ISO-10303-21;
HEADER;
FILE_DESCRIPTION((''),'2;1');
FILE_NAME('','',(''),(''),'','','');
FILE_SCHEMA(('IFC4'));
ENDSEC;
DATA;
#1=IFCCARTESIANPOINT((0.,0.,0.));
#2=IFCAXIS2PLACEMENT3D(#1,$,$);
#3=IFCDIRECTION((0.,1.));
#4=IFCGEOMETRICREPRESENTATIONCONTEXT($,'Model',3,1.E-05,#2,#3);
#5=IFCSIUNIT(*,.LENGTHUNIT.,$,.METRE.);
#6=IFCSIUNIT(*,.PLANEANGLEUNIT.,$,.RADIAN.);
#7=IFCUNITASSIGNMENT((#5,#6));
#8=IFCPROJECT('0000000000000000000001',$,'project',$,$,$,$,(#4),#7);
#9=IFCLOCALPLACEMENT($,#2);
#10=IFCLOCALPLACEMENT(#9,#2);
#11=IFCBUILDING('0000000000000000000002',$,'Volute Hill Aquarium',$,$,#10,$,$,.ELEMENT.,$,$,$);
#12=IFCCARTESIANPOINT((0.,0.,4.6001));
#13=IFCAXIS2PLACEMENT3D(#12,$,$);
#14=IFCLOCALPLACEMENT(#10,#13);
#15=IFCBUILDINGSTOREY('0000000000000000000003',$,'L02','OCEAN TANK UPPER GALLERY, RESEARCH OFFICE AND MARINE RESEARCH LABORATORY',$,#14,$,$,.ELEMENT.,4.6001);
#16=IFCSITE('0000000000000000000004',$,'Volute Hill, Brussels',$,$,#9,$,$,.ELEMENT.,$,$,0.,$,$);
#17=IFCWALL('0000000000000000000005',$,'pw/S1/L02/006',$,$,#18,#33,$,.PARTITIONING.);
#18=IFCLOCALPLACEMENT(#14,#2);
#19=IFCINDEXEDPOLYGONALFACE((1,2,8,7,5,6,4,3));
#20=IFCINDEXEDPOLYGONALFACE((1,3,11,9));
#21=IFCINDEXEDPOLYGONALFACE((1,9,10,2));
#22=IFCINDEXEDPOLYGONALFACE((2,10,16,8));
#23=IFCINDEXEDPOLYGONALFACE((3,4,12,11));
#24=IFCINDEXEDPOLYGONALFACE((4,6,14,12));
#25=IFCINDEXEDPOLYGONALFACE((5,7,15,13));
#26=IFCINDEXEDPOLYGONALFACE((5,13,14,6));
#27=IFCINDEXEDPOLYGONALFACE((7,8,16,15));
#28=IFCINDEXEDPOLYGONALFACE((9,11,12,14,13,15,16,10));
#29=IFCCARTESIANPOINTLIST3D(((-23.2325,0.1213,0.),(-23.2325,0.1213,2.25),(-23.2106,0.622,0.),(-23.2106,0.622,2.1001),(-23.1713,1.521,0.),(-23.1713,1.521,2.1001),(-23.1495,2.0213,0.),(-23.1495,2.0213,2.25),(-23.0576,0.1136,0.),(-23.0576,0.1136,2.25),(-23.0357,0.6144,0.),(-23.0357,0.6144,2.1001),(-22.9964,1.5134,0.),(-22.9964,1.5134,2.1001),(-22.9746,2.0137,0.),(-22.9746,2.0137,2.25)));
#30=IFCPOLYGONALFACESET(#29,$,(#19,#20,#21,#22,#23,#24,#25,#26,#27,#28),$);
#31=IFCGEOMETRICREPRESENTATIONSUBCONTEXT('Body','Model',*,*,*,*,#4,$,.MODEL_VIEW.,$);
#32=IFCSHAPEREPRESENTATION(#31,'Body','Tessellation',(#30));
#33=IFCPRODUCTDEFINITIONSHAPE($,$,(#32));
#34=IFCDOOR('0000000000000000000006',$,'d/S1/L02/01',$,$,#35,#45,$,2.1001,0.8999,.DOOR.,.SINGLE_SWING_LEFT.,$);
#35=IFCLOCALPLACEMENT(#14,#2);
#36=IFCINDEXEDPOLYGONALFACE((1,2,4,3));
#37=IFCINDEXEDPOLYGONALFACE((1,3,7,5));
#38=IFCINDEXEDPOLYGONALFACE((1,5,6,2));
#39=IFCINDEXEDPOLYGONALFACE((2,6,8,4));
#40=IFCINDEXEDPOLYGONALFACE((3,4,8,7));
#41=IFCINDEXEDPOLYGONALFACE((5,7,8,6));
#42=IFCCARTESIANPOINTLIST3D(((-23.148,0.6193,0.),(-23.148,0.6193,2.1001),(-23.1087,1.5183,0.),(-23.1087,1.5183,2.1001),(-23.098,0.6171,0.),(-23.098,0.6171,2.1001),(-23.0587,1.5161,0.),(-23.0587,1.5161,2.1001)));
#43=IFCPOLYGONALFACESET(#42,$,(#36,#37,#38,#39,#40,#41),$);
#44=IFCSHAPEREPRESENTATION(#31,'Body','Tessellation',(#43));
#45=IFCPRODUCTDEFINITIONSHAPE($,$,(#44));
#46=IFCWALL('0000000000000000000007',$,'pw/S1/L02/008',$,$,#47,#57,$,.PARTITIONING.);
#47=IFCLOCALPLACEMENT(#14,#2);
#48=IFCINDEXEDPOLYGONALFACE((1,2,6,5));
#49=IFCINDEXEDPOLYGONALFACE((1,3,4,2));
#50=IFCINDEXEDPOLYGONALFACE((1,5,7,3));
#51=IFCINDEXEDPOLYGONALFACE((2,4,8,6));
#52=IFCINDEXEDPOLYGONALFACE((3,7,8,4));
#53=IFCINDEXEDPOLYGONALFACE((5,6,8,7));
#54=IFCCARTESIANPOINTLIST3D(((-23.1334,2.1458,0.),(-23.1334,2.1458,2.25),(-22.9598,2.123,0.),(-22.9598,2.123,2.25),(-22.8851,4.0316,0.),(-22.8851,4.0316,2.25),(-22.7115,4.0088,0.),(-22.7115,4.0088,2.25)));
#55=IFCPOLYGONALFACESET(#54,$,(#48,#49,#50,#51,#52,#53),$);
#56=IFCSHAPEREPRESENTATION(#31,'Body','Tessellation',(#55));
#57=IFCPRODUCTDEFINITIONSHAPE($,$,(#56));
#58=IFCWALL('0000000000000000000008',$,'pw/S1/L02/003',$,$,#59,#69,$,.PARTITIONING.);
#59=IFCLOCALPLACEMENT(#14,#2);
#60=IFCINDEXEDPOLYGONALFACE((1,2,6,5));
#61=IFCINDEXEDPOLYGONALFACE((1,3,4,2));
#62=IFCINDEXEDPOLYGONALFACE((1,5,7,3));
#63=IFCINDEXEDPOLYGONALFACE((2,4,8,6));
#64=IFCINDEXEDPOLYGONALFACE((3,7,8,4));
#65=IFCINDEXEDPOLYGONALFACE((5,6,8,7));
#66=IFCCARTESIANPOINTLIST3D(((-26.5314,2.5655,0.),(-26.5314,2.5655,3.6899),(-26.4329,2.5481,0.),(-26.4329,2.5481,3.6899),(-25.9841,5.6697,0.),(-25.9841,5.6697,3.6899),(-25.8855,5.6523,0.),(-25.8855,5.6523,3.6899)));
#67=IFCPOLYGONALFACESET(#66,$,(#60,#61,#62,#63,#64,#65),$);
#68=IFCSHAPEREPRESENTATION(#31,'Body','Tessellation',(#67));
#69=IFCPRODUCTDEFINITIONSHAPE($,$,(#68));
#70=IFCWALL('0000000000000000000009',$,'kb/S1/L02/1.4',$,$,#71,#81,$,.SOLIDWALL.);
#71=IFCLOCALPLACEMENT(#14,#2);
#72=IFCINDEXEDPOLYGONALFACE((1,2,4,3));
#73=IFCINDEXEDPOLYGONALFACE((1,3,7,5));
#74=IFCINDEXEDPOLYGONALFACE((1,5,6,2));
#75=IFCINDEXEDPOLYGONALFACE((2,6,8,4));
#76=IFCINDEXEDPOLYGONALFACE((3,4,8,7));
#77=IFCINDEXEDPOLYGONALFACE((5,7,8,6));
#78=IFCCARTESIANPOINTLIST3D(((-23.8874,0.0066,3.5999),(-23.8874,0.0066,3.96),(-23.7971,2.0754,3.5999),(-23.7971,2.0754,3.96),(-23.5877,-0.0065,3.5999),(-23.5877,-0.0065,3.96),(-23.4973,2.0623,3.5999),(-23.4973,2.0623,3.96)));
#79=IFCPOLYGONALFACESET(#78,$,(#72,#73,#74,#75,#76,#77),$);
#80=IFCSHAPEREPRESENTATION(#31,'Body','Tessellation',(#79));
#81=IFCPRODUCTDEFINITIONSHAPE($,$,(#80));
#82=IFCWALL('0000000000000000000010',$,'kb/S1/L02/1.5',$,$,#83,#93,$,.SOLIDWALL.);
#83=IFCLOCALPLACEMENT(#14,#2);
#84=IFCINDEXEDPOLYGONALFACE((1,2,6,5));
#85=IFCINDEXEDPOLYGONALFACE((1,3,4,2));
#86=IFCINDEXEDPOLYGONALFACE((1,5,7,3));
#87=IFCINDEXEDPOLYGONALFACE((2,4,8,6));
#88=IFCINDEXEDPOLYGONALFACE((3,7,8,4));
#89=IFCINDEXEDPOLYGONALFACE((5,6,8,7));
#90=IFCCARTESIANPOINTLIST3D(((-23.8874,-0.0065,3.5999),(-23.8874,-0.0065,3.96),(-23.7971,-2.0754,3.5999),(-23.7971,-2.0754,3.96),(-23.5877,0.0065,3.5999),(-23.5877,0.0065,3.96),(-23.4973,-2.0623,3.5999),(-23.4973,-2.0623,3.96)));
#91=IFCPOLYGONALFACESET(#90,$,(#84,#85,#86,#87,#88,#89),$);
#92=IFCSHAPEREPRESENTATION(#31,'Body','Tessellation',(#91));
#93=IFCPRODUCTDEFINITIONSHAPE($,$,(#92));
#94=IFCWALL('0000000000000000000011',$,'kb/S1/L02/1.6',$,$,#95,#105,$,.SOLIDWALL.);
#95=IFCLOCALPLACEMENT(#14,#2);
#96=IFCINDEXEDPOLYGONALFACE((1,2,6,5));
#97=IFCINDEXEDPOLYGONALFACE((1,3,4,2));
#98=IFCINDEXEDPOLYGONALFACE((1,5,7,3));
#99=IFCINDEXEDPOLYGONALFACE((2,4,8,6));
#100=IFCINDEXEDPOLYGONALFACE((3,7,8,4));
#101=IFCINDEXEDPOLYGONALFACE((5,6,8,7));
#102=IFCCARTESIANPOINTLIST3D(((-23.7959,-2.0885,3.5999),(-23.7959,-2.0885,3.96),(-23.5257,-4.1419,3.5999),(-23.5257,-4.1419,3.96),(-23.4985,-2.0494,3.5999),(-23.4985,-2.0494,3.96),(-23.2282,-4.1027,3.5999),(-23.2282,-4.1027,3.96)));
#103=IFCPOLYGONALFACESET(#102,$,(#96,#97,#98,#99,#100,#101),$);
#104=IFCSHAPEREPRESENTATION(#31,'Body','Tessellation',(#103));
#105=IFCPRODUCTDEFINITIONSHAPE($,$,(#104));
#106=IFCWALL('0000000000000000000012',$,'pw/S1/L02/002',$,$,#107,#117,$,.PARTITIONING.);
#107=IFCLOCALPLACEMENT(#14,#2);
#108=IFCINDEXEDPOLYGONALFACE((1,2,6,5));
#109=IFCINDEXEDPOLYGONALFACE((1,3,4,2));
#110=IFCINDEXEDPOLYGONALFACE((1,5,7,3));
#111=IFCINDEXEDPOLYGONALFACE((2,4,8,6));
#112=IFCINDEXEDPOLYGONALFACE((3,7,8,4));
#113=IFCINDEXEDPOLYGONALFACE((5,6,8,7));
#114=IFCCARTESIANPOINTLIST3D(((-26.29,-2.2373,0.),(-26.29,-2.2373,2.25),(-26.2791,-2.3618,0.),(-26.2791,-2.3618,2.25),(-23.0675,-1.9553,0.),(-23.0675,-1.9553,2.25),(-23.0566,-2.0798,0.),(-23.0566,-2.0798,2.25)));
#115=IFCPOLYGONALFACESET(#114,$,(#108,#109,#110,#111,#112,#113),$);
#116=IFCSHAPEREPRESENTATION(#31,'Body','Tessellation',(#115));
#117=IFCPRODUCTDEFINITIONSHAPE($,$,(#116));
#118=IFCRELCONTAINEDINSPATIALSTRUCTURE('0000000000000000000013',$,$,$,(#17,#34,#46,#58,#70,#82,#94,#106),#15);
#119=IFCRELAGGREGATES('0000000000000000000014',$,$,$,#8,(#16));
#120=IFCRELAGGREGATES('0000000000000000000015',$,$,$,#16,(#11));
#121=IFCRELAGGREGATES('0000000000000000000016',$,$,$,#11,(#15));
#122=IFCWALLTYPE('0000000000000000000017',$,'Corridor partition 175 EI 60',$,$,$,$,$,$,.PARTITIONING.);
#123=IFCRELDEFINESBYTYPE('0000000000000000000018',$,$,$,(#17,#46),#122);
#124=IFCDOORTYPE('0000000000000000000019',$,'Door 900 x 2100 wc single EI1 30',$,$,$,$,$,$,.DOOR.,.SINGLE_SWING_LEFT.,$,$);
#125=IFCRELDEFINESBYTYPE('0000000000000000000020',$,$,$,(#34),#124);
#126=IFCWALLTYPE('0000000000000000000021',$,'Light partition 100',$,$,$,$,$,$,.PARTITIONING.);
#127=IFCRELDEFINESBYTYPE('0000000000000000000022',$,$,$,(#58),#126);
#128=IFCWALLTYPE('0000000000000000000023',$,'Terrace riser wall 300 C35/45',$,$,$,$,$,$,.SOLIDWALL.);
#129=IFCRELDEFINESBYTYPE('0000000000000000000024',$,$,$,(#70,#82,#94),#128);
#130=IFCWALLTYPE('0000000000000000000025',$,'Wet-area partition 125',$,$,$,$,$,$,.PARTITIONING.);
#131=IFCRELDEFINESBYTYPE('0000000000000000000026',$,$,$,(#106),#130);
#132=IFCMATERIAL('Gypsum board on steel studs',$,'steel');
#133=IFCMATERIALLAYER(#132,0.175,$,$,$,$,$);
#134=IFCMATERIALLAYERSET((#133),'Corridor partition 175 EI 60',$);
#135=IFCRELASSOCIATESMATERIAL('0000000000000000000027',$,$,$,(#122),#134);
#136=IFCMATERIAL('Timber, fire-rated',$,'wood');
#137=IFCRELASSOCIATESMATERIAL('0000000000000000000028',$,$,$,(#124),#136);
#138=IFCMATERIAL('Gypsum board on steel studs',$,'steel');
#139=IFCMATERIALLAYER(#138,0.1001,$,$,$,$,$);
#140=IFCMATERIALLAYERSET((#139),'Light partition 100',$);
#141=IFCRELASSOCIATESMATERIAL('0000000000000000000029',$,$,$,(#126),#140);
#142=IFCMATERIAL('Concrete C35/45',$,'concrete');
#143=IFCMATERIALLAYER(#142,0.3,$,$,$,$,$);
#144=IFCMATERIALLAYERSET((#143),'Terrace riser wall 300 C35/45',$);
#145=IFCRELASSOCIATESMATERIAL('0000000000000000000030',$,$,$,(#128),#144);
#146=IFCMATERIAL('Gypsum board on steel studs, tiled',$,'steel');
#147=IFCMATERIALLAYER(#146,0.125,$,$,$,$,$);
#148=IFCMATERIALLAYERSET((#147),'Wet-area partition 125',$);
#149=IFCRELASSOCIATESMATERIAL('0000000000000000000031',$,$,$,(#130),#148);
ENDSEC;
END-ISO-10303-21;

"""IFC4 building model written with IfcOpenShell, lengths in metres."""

from ifc_helpers import new_model, si_unit, direction, frame, frame_2d, origin, place, context, subcontext, project, spatial, rectangle, extrude, material, layer, layer_set, type_object, element, fill, save


model = new_model("IFC4")

# Units and contexts
model_context = context("Model", 3, precision=1e-05, world=origin(), true_north=direction((0.0, 1.0)))
body_context = subcontext(model_context, "Body", "Model", "MODEL_VIEW")
ifc_project = project(units=[si_unit("LENGTHUNIT", "METRE"), si_unit("PLANEANGLEUNIT", "RADIAN")], contexts=[model_context])

# Site, building, storey
site_placement = place(None, origin())
site = spatial("IfcSite", under=ifc_project, at=site_placement, Name="Volute Hill, Brussels", CompositionType="ELEMENT", RefElevation=0.0)
building_placement = place(site_placement, origin())
building = spatial("IfcBuilding", under=site, at=building_placement, Name="Volute Hill Aquarium", CompositionType="ELEMENT")
storey_placement = place(building_placement, frame((0.0, 0.0, 4.6001)))
storey = spatial("IfcBuildingStorey", under=building, at=storey_placement, Name="L02", Description="OCEAN TANK UPPER GALLERY, RESEARCH OFFICE AND MARINE RESEARCH LABORATORY", CompositionType="ELEMENT", Elevation=4.6001)

# Shared definitions
ifc_material_1 = material(Name="Gypsum board on steel studs", Category="steel")
ifc_layer_1 = layer(ifc_material_1, 0.175)
ifc_layer_set_1 = layer_set([ifc_layer_1], Name="Corridor partition 175 EI 60")
wall_type_1 = type_object("IfcWallType", Name="Corridor partition 175 EI 60", PredefinedType="PARTITIONING", material=ifc_layer_set_1)

# Wall, opening, door
wall_1_placement = place(storey_placement, frame((-23.145, 0.1174, 0.0), z_axis=(0.0, 0.0, 1.0), x_axis=(0.043643, 0.999047, 0.0)))
wall_1 = element("IfcWall", 1, at=wall_1_placement, inside=storey, type_object=wall_type_1, Name="pw/S1/L02/006", PredefinedType="PARTITIONING", context=body_context, shape_type="SweptSolid", body=[
    extrude(rectangle(XDim=1.9019, YDim=0.175, at=frame_2d((0.9509, 0.0))), origin(), (0.0, 0.0, 1.0), 2.25),
])
opening_placement = place(wall_1_placement, frame((0.5012, 0.0, 0.0)))
opening = element("IfcOpeningElement", 2, at=opening_placement, cuts=wall_1, PredefinedType="OPENING", context=body_context, shape_type="SweptSolid", body=[
    extrude(rectangle(XDim=0.8999, YDim=2.1001, at=frame_2d((0.45, 1.05))), frame((0.0, 0.0974, 0.0), z_axis=(0.0, -1.0, 0.0), x_axis=(1.0, 0.0, 0.0)), (0.0, 0.0, 1.0), 0.1951),
])
ifc_material_2 = material(Name="Timber, fire-rated", Category="wood")
door_type = type_object("IfcDoorType", Name="Door 900 x 2100 wc single EI1 30", OperationType="SINGLE_SWING_LEFT", PredefinedType="DOOR", material=ifc_material_2)
door_placement = place(opening_placement, origin())
door = element("IfcDoor", 3, at=door_placement, inside=storey, type_object=door_type, Name="d/S1/L02/01", OperationType="SINGLE_SWING_LEFT", OverallHeight=2.1001, OverallWidth=0.8999, PredefinedType="DOOR", context=body_context, shape_type="SweptSolid", body=[
    extrude(rectangle(XDim=0.8999, YDim=2.1001, at=frame_2d((0.45, 1.05))), frame((0.0, 0.0249, 0.0), z_axis=(0.0, -1.0, 0.0), x_axis=(1.0, 0.0, 0.0)), (0.0, 0.0, 1.0), 0.05),
])
fill(opening, door)

# Walls
wall_2_placement = place(storey_placement, frame((-23.0466, 2.1343, 0.0), z_axis=(0.0, 0.0, 1.0), x_axis=(0.130541, 0.991443, 0.0)))
element("IfcWall", 4, at=wall_2_placement, inside=storey, type_object=wall_type_1, Name="pw/S1/L02/008", PredefinedType="PARTITIONING", context=body_context, shape_type="SweptSolid", body=[
    extrude(rectangle(XDim=1.9021, YDim=0.175, at=frame_2d((0.9512, 0.0))), origin(), (0.0, 0.0, 1.0), 2.25),
])
ifc_material_3 = material(Name="Gypsum board on steel studs", Category="steel")
ifc_layer_2 = layer(ifc_material_3, 0.1001)
ifc_layer_set_2 = layer_set([ifc_layer_2], Name="Light partition 100")
wall_type_2 = type_object("IfcWallType", Name="Light partition 100", PredefinedType="PARTITIONING", material=ifc_layer_set_2)
wall_3_placement = place(storey_placement, frame((-26.4822, 2.5566, 0.0), z_axis=(0.0, 0.0, 1.0), x_axis=(0.173648, 0.984808, 0.0)))
element("IfcWall", 5, at=wall_3_placement, inside=storey, type_object=wall_type_2, Name="pw/S1/L02/003", PredefinedType="PARTITIONING", context=body_context, shape_type="SweptSolid", body=[
    extrude(rectangle(XDim=3.1521, YDim=0.1001, at=frame_2d((1.5762, 0.0))), origin(), (0.0, 0.0, 1.0), 3.6899),
])
ifc_material_4 = material(Name="Concrete C35/45", Category="concrete")
ifc_layer_3 = layer(ifc_material_4, 0.3)
ifc_layer_set_3 = layer_set([ifc_layer_3], Name="Terrace riser wall 300 C35/45")
wall_type_3 = type_object("IfcWallType", Name="Terrace riser wall 300 C35/45", PredefinedType="SOLIDWALL", material=ifc_layer_set_3)
for number, where, z_axis, x_axis, name in (
    (6, (-23.6472, 2.0688, 3.5999), (0.0, 0.0, 1.0), (-0.043621, -0.999048, 0.0), "kb/S1/L02/1.4"),
    (7, (-23.7375, 0.0, 3.5999), (0.0, 0.0, 1.0), (0.043621, -0.999048, 0.0), "kb/S1/L02/1.5"),
):
    element("IfcWall", number, at=place(storey_placement, frame(where, z_axis=z_axis, x_axis=x_axis)), inside=storey, type_object=wall_type_3, Name=name, PredefinedType="SOLIDWALL", context=body_context, shape_type="SweptSolid", body=[
        extrude(rectangle(XDim=2.0708, YDim=0.3, at=frame_2d((1.0354, 0.0))), origin(), (0.0, 0.0, 1.0), 0.3601),
    ])
wall_4_placement = place(storey_placement, frame((-23.6472, -2.0688, 3.5999), z_axis=(0.0, 0.0, 1.0), x_axis=(0.130503, -0.991448, 0.0)))
element("IfcWall", 8, at=wall_4_placement, inside=storey, type_object=wall_type_3, Name="kb/S1/L02/1.6", PredefinedType="SOLIDWALL", context=body_context, shape_type="SweptSolid", body=[
    extrude(rectangle(XDim=2.071, YDim=0.3, at=frame_2d((1.0356, 0.0))), origin(), (0.0, 0.0, 1.0), 0.3601),
])
ifc_material_5 = material(Name="Gypsum board on steel studs, tiled", Category="steel")
ifc_layer_4 = layer(ifc_material_5, 0.125)
ifc_layer_set_4 = layer_set([ifc_layer_4], Name="Wet-area partition 125")
wall_type_4 = type_object("IfcWallType", Name="Wet-area partition 125", PredefinedType="PARTITIONING", material=ifc_layer_set_4)
wall_5_placement = place(storey_placement, frame((-23.062, -2.0176, 0.0), z_axis=(0.0, 0.0, 1.0), x_axis=(-0.996194, -0.087167, 0.0)))
element("IfcWall", 9, at=wall_5_placement, inside=storey, type_object=wall_type_4, Name="pw/S1/L02/002", PredefinedType="PARTITIONING", context=body_context, shape_type="SweptSolid", body=[
    extrude(rectangle(XDim=3.2349, YDim=0.125, at=frame_2d((1.6174, 0.0))), origin(), (0.0, 0.0, 1.0), 2.25),
])

save(model, "model.ifc")
